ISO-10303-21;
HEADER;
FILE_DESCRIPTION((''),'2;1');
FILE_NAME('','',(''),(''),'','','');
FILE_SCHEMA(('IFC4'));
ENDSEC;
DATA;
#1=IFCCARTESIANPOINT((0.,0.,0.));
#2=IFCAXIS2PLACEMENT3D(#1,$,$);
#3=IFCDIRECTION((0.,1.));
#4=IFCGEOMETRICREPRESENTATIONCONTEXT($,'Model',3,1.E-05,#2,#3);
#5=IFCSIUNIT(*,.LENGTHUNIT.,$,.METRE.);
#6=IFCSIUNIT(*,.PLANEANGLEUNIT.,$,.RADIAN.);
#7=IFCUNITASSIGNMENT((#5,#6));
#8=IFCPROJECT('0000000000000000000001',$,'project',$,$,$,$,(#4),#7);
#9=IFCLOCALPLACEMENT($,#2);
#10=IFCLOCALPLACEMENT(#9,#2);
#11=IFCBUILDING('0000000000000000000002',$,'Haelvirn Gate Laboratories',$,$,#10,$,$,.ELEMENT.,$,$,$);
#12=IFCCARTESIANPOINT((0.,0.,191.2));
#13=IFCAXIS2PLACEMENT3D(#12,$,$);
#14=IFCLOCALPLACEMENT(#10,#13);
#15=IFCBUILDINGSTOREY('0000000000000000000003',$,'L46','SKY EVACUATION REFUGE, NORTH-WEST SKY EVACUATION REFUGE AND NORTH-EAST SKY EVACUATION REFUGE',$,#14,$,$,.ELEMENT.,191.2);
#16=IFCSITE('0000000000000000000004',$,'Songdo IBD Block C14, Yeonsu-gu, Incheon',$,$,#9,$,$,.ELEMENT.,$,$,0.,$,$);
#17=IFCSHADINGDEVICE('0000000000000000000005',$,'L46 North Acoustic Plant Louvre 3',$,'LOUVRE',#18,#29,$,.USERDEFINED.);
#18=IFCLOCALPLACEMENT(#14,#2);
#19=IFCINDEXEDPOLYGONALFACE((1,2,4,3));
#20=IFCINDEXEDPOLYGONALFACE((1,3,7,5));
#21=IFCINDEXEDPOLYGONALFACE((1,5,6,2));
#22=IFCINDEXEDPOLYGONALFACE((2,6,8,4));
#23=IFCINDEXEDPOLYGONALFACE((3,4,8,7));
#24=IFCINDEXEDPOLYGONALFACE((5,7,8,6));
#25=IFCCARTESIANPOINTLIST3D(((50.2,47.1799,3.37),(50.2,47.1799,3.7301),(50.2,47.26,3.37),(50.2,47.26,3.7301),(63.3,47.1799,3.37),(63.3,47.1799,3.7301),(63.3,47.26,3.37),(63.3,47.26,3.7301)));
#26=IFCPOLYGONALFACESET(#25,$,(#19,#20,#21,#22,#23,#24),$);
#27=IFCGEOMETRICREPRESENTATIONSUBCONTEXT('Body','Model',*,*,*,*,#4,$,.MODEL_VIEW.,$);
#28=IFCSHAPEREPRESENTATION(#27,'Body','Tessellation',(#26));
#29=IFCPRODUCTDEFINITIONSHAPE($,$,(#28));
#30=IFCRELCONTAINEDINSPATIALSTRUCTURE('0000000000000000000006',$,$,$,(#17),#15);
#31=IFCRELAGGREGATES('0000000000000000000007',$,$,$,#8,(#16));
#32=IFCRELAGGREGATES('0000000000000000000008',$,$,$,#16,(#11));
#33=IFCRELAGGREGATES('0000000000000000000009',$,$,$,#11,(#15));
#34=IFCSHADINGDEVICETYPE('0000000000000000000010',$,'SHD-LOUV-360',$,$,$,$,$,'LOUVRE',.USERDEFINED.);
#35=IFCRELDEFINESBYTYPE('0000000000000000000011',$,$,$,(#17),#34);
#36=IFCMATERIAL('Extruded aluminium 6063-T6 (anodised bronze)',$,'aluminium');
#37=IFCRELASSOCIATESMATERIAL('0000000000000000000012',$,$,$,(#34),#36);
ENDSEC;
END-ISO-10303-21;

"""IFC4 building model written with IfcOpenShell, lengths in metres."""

from ifc_helpers import new_model, si_unit, direction, frame, origin, origin_2d, place, context, subcontext, project, spatial, rectangle, extrude, source, transform, mapped, material, material_profile, profile_set, type_object, type_shapes, element, save


model = new_model("IFC4")

# Units and contexts
model_context = context("Model", 3, precision=1e-05, world=origin(), true_north=direction((0.0, 1.0)))
body_context = subcontext(model_context, "Body", "Model", "MODEL_VIEW")
ifc_project = project(units=[si_unit("LENGTHUNIT", "METRE"), si_unit("PLANEANGLEUNIT", "RADIAN")], contexts=[model_context])

# Site, building, storey
site_placement = place(None, origin())
site = spatial("IfcSite", under=ifc_project, at=site_placement, Name="Songdo IBD Block C14, Yeonsu-gu, Incheon", CompositionType="ELEMENT", RefElevation=0.0)
building_placement = place(site_placement, origin())
building = spatial("IfcBuilding", under=site, at=building_placement, Name="Haelvirn Gate Laboratories", CompositionType="ELEMENT")
storey_placement = place(building_placement, frame((0.0, 0.0, 191.2)))
storey = spatial("IfcBuildingStorey", under=building, at=storey_placement, Name="L46", Description="SKY EVACUATION REFUGE, NORTH-WEST SKY EVACUATION REFUGE AND NORTH-EAST SKY EVACUATION REFUGE", CompositionType="ELEMENT", Elevation=191.2)

# Shared definitions
ifc_material_1 = material(Name="Extruded aluminium 6063-T6 (anodised bronze)", Category="aluminium")

# Shading device
ifc_material_profile_1 = material_profile(ifc_material_1, rectangle(XDim=0.0801, YDim=0.3601, at=origin_2d()), Name="LOUV-360x80")
ifc_profile_set_1 = profile_set([ifc_material_profile_1], Name="Extruded aluminium 6063-T6 (anodised bronze)")
shading_device_type = type_object("IfcShadingDeviceType", Name="SHD-LOUV-360", ElementType="LOUVRE", PredefinedType="USERDEFINED", material=ifc_profile_set_1)
shared_shape_1 = source(origin(), body_context, "Body", "SweptSolid", [
    extrude(rectangle(XDim=0.0801, YDim=0.3601, at=origin_2d()), origin(), (0.0, 0.0, 1.0), 13.1001),
])
type_shapes(shading_device_type, [shared_shape_1])
for number, where, z_axis, x_axis, name in (
    (1, (50.2, 47.22, 3.55), (1.0, 0.0, 0.0), (0.0, 1.0, 0.0), "L46 North Acoustic Plant Louvre 3"),
):
    element("IfcShadingDevice", number, at=place(storey_placement, frame(where, z_axis=z_axis, x_axis=x_axis)), inside=storey, type_object=shading_device_type, Name=name, ObjectType="LOUVRE", PredefinedType="USERDEFINED", context=body_context, shape_type="MappedRepresentation", body=[
        mapped(shared_shape_1, transform((0.0, 0.0, 0.0), scale=1.0)),
    ])

save(model, "model.ifc")
